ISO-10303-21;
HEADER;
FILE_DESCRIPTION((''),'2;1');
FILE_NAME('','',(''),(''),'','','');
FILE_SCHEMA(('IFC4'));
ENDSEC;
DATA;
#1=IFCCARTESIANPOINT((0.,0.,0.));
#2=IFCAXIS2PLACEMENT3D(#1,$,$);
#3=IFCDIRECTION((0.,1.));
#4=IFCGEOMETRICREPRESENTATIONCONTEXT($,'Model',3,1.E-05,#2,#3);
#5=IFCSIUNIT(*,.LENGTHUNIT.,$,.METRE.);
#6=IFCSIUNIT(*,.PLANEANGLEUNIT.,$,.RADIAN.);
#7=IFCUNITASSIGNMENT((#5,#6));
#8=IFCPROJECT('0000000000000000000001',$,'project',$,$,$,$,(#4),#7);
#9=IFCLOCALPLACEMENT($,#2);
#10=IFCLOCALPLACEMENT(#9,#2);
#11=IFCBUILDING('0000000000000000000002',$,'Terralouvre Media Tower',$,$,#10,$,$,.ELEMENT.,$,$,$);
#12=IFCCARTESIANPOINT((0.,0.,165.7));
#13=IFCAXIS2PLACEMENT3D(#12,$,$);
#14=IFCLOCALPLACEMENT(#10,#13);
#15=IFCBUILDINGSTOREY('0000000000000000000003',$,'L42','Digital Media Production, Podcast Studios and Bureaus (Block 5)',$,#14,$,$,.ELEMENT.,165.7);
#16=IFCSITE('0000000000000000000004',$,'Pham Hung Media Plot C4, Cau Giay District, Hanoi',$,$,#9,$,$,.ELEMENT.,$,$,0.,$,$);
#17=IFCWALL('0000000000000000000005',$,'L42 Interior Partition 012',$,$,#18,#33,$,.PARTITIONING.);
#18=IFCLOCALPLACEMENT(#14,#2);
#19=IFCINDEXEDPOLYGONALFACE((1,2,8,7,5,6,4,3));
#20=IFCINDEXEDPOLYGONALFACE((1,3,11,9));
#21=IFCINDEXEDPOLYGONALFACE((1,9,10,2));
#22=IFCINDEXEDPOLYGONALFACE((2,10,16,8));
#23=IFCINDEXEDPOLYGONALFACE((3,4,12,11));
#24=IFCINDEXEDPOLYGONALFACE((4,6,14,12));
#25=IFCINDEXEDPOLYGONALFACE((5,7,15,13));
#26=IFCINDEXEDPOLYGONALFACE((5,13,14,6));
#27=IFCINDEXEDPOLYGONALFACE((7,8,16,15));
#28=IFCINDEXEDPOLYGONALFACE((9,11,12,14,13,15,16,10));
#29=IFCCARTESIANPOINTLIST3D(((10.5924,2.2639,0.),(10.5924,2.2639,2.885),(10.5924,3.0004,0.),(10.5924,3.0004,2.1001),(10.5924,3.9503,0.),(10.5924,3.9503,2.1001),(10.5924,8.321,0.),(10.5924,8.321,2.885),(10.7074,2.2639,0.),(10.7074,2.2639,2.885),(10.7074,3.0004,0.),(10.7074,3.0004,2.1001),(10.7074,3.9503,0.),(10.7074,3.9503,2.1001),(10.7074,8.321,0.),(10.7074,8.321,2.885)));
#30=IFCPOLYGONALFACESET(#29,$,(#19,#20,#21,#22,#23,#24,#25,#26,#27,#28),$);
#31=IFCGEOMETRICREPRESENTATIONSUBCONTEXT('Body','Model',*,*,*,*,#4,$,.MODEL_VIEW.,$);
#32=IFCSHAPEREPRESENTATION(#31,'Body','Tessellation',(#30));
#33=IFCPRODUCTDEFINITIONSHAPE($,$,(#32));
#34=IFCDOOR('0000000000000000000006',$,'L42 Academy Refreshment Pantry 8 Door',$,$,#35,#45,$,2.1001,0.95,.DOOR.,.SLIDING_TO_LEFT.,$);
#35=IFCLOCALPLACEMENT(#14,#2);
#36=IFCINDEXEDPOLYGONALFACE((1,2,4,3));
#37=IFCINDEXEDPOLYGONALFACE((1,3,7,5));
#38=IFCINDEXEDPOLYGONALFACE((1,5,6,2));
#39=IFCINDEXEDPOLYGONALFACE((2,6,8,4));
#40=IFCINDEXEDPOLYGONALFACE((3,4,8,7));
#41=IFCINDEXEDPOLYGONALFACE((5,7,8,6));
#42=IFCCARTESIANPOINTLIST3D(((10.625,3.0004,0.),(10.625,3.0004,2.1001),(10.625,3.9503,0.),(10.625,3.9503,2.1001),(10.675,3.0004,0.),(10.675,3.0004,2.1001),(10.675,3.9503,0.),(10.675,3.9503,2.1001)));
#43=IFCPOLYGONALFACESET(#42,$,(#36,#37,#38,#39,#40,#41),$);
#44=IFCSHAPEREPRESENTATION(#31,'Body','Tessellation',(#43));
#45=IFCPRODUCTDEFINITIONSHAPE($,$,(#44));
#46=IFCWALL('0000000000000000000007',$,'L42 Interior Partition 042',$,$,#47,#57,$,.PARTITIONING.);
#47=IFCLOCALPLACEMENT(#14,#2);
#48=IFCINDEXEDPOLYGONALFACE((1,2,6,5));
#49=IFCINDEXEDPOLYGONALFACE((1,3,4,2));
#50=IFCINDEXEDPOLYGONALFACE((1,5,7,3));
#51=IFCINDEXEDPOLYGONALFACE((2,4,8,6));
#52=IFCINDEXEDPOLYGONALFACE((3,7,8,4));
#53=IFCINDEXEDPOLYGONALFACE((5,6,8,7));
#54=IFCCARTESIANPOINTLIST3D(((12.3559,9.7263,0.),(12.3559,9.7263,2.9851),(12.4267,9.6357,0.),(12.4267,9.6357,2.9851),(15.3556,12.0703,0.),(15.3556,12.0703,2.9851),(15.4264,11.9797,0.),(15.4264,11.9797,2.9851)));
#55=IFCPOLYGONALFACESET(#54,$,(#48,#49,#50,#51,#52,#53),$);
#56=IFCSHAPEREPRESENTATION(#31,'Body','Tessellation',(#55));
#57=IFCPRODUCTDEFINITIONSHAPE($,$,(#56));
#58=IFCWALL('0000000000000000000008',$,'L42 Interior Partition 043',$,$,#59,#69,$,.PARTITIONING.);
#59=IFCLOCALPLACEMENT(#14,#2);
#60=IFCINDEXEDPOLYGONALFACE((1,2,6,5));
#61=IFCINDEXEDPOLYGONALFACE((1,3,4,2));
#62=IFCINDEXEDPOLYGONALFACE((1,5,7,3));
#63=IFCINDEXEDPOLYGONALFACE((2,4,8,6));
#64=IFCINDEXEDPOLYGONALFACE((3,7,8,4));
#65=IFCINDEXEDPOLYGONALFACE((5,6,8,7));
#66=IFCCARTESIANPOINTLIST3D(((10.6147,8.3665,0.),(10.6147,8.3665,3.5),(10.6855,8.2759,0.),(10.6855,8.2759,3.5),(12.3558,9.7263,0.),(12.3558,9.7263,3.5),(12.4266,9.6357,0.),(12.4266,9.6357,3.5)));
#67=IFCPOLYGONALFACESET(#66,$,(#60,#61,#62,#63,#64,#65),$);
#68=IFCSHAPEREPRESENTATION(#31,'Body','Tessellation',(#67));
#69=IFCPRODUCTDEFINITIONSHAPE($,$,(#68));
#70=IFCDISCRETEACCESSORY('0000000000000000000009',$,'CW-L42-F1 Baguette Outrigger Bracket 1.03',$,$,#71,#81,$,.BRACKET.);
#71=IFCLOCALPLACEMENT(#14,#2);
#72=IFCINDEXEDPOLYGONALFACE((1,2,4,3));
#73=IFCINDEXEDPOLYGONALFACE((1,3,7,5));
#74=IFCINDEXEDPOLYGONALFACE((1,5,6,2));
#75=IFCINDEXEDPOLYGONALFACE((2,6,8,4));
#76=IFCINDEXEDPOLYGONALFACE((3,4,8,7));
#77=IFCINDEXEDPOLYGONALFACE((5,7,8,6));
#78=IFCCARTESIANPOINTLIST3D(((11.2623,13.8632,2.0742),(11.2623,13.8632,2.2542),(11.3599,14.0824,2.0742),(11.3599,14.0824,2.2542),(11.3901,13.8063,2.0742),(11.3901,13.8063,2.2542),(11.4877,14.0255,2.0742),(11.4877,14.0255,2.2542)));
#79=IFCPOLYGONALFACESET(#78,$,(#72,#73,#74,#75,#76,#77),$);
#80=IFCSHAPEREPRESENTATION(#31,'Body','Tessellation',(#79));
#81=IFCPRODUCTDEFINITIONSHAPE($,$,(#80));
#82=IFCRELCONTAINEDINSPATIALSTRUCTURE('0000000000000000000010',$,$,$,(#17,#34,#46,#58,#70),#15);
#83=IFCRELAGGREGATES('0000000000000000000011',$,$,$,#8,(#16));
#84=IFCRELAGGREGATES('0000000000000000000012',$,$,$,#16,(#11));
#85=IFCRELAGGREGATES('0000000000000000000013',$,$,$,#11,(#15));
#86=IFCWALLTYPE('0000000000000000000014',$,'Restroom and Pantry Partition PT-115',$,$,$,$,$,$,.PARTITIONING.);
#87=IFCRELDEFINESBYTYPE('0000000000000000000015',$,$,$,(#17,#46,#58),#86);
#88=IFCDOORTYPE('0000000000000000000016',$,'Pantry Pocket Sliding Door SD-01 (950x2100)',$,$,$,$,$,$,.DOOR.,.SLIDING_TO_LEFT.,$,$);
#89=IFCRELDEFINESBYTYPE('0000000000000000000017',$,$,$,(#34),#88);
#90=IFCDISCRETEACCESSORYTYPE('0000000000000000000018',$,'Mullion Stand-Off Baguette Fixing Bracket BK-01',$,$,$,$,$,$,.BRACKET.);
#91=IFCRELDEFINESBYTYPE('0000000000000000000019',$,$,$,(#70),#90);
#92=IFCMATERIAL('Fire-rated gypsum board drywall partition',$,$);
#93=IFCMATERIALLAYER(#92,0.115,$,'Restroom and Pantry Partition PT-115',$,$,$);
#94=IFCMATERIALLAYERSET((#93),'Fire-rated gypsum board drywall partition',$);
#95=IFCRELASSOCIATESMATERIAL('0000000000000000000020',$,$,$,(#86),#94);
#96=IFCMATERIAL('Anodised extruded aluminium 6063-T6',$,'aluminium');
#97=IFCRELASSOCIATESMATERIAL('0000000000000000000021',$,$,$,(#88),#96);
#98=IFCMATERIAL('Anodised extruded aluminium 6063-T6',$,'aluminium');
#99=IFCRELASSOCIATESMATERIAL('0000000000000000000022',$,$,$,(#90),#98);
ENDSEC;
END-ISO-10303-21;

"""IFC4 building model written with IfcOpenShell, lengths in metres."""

from ifc_helpers import new_model, si_unit, direction, frame, frame_2d, origin, origin_2d, place, context, subcontext, project, spatial, rectangle, extrude, material, layer, layer_set, type_object, element, fill, save


model = new_model("IFC4")

# Units and contexts
model_context = context("Model", 3, precision=1e-05, world=origin(), true_north=direction((0.0, 1.0)))
body_context = subcontext(model_context, "Body", "Model", "MODEL_VIEW")
ifc_project = project(units=[si_unit("LENGTHUNIT", "METRE"), si_unit("PLANEANGLEUNIT", "RADIAN")], contexts=[model_context])

# Site, building, storey
site_placement = place(None, origin())
site = spatial("IfcSite", under=ifc_project, at=site_placement, Name="Pham Hung Media Plot C4, Cau Giay District, Hanoi", CompositionType="ELEMENT", RefElevation=0.0)
building_placement = place(site_placement, origin())
building = spatial("IfcBuilding", under=site, at=building_placement, Name="Terralouvre Media Tower", CompositionType="ELEMENT")
storey_placement = place(building_placement, frame((0.0, 0.0, 165.7)))
storey = spatial("IfcBuildingStorey", under=building, at=storey_placement, Name="L42", Description="Digital Media Production, Podcast Studios and Bureaus (Block 5)", CompositionType="ELEMENT", Elevation=165.7)

# Wall, opening, door
ifc_material_1 = material(Name="Fire-rated gypsum board drywall partition")
ifc_layer_1 = layer(ifc_material_1, 0.115, Name="Restroom and Pantry Partition PT-115")
ifc_layer_set_1 = layer_set([ifc_layer_1], Name="Fire-rated gypsum board drywall partition")
wall_type_1 = type_object("IfcWallType", Name="Restroom and Pantry Partition PT-115", PredefinedType="PARTITIONING", material=ifc_layer_set_1)
wall_1_placement = place(storey_placement, frame((10.6499, 2.2639, 0.0), z_axis=(0.0, 0.0, 1.0), x_axis=(0.0, 1.0, 0.0)))
wall_1 = element("IfcWall", 1, at=wall_1_placement, inside=storey, type_object=wall_type_1, Name="L42 Interior Partition 012", PredefinedType="PARTITIONING", context=body_context, shape_type="SweptSolid", body=[
    extrude(rectangle(XDim=6.0571, YDim=0.115, at=frame_2d((3.0286, 0.0))), origin(), (0.0, 0.0, 1.0), 2.885),
])
opening_1_placement = place(wall_1_placement, frame((0.7363, 0.0, 0.0)))
opening_1 = element("IfcOpeningElement", 2, at=opening_1_placement, cuts=wall_1, PredefinedType="OPENING", context=body_context, shape_type="SweptSolid", body=[
    extrude(rectangle(XDim=0.95, YDim=2.1001, at=frame_2d((0.4751, 1.05))), frame((0.0, 0.0674, 0.0), z_axis=(0.0, -1.0, 0.0), x_axis=(1.0, 0.0, 0.0)), (0.0, 0.0, 1.0), 0.135),
])
ifc_material_2 = material(Name="Anodised extruded aluminium 6063-T6", Category="aluminium")
door_type_1 = type_object("IfcDoorType", Name="Pantry Pocket Sliding Door SD-01 (950x2100)", OperationType="SLIDING_TO_LEFT", PredefinedType="DOOR", material=ifc_material_2)
door_1_placement = place(opening_1_placement, origin())
door_1 = element("IfcDoor", 3, at=door_1_placement, inside=storey, type_object=door_type_1, Name="L42 Academy Refreshment Pantry 8 Door", OperationType="SLIDING_TO_LEFT", OverallHeight=2.1001, OverallWidth=0.95, PredefinedType="DOOR", context=body_context, shape_type="SweptSolid", body=[
    extrude(rectangle(XDim=0.95, YDim=2.1001, at=frame_2d((0.4751, 1.05))), frame((0.0, 0.0249, 0.0), z_axis=(0.0, -1.0, 0.0), x_axis=(1.0, 0.0, 0.0)), (0.0, 0.0, 1.0), 0.05),
])
fill(opening_1, door_1)

# Walls
wall_2_placement = place(storey_placement, frame((15.3909, 12.0249, 0.0), z_axis=(0.0, 0.0, 1.0), x_axis=(-0.787969, -0.615715, 0.0)))
element("IfcWall", 4, at=wall_2_placement, inside=storey, type_object=wall_type_1, Name="L42 Interior Partition 042", PredefinedType="PARTITIONING", context=body_context, shape_type="SweptSolid", body=[
    extrude(rectangle(XDim=3.8069, YDim=0.115, at=frame_2d((1.9033, 0.0))), origin(), (0.0, 0.0, 1.0), 2.9851),
])
wall_3_placement = place(storey_placement, frame((12.3911, 9.6809, 0.0), z_axis=(0.0, 0.0, 1.0), x_axis=(-0.788125, -0.615515, 0.0)))
element("IfcWall", 5, at=wall_3_placement, inside=storey, type_object=wall_type_1, Name="L42 Interior Partition 043", PredefinedType="PARTITIONING", context=body_context, shape_type="SweptSolid", body=[
    extrude(rectangle(XDim=2.2092, YDim=0.115, at=frame_2d((1.1045, 0.0))), origin(), (0.0, 0.0, 1.0), 3.5),
])

# Discrete accessory
ifc_material_3 = material(Name="Anodised extruded aluminium 6063-T6", Category="aluminium")
discrete_accessory_type = type_object("IfcDiscreteAccessoryType", Name="Mullion Stand-Off Baguette Fixing Bracket BK-01", PredefinedType="BRACKET", material=ifc_material_3)
discrete_accessory_placement = place(storey_placement, frame((11.375, 13.9443, 2.0742), z_axis=(0.0, 0.0, 1.0), x_axis=(-0.913545, 0.406737, 0.0)))
element("IfcDiscreteAccessory", 6, at=discrete_accessory_placement, inside=storey, type_object=discrete_accessory_type, Name="CW-L42-F1 Baguette Outrigger Bracket 1.03", PredefinedType="BRACKET", context=body_context, shape_type="SweptSolid", body=[
    extrude(rectangle(XDim=0.1399, YDim=0.24, at=origin_2d()), origin(), (0.0, 0.0, 1.0), 0.1799),
])

save(model, "model.ifc")
